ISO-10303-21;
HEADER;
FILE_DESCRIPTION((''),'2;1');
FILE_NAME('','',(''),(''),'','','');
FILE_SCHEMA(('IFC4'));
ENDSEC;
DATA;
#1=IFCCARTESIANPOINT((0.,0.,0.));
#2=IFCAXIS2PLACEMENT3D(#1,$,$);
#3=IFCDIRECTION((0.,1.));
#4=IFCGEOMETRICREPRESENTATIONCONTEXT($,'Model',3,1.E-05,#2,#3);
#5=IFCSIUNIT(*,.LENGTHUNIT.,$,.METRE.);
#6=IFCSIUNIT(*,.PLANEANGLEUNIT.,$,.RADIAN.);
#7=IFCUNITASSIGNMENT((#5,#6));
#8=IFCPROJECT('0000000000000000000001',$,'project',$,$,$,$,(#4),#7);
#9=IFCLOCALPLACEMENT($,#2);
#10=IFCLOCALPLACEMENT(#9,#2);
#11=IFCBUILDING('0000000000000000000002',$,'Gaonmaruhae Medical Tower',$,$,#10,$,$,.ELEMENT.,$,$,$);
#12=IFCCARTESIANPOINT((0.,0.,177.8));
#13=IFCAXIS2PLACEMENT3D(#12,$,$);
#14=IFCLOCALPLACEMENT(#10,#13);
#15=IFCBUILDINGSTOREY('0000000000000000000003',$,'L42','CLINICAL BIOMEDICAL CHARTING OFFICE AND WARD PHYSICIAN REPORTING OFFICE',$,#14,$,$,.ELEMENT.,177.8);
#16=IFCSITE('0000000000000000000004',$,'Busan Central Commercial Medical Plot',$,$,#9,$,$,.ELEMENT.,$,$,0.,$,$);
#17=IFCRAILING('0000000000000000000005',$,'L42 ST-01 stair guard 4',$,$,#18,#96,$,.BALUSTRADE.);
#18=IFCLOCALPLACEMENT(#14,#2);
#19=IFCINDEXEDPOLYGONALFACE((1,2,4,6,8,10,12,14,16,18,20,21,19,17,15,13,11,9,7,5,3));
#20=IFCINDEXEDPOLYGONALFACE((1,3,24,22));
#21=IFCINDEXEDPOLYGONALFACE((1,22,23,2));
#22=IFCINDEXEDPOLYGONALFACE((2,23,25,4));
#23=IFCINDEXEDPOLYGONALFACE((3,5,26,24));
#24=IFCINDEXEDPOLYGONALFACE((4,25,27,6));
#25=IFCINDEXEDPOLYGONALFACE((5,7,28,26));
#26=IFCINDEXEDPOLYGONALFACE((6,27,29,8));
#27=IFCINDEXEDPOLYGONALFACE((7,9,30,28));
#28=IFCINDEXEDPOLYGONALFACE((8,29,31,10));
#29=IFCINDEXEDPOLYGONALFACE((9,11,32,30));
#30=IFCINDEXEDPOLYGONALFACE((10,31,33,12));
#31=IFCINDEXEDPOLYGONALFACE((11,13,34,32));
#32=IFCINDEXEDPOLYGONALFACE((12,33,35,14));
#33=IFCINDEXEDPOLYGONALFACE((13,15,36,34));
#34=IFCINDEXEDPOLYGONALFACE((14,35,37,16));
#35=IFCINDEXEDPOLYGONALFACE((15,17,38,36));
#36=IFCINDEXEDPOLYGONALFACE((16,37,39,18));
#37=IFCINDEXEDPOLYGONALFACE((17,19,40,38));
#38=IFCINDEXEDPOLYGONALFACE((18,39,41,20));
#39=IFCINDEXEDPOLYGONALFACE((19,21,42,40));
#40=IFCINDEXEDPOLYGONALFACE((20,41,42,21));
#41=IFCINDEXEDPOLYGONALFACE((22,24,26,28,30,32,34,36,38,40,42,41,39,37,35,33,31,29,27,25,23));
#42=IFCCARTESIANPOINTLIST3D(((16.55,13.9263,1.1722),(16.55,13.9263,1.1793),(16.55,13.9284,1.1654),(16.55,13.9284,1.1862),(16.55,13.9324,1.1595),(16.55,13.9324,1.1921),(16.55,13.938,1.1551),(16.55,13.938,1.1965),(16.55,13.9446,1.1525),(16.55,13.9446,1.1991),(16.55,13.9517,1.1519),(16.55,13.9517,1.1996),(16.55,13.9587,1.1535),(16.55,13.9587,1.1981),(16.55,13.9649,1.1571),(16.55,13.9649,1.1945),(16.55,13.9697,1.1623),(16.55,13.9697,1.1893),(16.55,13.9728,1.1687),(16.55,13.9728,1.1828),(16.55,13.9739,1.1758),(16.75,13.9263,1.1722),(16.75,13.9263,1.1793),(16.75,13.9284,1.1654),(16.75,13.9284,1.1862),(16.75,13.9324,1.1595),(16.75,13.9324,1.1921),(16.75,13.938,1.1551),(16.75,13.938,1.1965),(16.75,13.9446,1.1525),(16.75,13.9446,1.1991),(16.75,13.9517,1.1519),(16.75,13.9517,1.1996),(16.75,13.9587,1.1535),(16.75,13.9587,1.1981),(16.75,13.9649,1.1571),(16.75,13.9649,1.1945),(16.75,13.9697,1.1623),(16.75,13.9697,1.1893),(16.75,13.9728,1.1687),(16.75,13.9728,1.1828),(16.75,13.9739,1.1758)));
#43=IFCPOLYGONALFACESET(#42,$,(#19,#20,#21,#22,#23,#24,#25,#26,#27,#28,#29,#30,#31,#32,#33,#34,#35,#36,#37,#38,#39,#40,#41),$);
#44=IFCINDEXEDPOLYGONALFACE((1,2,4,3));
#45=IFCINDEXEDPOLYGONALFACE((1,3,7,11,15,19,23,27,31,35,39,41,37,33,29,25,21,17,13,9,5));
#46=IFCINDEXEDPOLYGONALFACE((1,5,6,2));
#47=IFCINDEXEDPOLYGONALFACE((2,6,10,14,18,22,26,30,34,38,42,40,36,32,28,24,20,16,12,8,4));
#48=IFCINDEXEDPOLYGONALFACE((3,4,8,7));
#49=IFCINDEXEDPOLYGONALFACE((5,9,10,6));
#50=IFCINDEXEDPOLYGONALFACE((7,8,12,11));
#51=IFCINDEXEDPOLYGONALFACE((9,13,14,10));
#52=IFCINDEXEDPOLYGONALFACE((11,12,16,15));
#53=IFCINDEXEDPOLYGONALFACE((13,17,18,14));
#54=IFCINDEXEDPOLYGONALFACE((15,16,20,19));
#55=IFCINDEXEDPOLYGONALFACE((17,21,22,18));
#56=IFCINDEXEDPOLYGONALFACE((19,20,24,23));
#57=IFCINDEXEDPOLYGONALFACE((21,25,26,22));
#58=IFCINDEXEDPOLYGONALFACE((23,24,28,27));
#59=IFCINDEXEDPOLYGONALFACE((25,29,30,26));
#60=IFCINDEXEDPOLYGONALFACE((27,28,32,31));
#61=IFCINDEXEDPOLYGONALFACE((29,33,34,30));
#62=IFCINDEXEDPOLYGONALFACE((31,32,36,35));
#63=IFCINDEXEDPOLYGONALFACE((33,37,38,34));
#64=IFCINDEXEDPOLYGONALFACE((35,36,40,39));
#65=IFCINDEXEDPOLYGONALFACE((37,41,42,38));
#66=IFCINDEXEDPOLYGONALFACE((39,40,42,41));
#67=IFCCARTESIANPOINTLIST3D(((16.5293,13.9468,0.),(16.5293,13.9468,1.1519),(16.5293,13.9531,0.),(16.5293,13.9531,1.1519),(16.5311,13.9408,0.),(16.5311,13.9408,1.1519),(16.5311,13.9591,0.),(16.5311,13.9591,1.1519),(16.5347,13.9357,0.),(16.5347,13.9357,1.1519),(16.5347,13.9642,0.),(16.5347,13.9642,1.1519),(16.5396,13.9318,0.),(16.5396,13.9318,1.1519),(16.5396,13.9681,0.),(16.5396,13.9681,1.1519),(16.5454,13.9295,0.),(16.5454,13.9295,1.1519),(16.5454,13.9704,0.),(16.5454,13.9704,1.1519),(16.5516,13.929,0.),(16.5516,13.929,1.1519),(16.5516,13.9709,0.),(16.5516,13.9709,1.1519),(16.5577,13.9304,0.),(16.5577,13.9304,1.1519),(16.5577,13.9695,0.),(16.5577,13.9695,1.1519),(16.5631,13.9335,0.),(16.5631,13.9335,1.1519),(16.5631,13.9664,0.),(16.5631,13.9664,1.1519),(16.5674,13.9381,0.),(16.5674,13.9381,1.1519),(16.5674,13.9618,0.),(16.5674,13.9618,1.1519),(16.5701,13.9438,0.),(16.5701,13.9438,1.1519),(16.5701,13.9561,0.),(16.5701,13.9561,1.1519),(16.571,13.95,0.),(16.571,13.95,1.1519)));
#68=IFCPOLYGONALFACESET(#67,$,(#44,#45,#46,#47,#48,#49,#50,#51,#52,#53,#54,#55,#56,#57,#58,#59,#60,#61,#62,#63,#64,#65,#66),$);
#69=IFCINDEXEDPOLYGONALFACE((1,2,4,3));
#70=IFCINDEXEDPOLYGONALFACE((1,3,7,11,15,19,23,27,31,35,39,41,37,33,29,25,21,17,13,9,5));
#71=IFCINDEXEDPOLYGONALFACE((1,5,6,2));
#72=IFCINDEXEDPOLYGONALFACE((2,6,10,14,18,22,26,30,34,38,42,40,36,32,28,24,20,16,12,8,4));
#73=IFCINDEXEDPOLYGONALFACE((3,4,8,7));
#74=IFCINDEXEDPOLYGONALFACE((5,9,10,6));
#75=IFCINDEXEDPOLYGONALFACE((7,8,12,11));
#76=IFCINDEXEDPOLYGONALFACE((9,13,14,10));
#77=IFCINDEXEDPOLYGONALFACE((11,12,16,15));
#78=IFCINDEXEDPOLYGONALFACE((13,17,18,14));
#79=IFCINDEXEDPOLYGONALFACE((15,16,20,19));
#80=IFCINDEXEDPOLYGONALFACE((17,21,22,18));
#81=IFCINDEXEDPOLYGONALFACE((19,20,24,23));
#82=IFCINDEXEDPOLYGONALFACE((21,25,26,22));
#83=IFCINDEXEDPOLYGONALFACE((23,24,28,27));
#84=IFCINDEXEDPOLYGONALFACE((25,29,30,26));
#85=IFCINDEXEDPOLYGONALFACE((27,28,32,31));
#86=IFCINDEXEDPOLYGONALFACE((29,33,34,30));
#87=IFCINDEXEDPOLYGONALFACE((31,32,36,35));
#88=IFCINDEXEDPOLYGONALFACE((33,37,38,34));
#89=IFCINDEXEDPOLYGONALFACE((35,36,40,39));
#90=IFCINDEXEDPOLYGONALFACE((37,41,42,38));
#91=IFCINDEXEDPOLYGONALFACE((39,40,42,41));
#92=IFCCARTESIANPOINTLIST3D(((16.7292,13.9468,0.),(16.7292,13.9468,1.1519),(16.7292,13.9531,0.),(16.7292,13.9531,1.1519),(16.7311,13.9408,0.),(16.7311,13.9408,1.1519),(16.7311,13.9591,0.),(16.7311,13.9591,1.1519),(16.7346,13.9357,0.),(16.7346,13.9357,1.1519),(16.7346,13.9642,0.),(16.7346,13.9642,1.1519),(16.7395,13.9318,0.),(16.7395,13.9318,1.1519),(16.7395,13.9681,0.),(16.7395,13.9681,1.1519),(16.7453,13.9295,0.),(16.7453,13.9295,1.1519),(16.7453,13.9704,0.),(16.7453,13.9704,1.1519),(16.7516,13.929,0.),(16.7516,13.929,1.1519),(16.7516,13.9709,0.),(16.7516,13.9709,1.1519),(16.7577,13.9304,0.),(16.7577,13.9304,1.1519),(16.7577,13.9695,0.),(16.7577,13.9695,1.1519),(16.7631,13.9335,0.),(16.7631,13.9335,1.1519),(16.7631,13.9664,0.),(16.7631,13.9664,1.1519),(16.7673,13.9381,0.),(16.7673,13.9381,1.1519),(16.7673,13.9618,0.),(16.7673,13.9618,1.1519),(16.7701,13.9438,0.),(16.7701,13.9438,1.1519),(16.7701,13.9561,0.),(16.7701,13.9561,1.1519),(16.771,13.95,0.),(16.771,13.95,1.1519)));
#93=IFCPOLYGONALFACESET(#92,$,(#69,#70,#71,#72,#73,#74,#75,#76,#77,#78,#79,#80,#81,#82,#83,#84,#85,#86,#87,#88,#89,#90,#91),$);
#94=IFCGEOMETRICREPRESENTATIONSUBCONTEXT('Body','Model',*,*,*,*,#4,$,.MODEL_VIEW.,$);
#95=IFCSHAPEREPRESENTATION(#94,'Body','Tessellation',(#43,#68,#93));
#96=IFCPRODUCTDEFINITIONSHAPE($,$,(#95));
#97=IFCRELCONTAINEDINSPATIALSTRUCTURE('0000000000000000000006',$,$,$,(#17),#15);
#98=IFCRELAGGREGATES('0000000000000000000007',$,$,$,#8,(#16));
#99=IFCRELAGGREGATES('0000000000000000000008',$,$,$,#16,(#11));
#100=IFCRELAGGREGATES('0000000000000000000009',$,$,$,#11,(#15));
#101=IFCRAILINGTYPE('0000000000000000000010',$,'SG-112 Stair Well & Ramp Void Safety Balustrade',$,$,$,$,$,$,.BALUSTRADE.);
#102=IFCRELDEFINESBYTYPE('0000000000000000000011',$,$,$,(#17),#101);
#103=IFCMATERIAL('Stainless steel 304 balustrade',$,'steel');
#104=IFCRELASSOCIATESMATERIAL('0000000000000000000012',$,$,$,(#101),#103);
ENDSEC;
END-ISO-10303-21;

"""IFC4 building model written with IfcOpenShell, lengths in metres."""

from ifc_helpers import new_model, si_unit, direction, frame, origin, origin_2d, place, context, subcontext, project, spatial, circle, extrude, material, type_object, element, save


model = new_model("IFC4")

# Units and contexts
model_context = context("Model", 3, precision=1e-05, world=origin(), true_north=direction((0.0, 1.0)))
body_context = subcontext(model_context, "Body", "Model", "MODEL_VIEW")
ifc_project = project(units=[si_unit("LENGTHUNIT", "METRE"), si_unit("PLANEANGLEUNIT", "RADIAN")], contexts=[model_context])

# Site, building, storey
site_placement = place(None, origin())
site = spatial("IfcSite", under=ifc_project, at=site_placement, Name="Busan Central Commercial Medical Plot", CompositionType="ELEMENT", RefElevation=0.0)
building_placement = place(site_placement, origin())
building = spatial("IfcBuilding", under=site, at=building_placement, Name="Gaonmaruhae Medical Tower", CompositionType="ELEMENT")
storey_placement = place(building_placement, frame((0.0, 0.0, 177.8)))
storey = spatial("IfcBuildingStorey", under=building, at=storey_placement, Name="L42", Description="CLINICAL BIOMEDICAL CHARTING OFFICE AND WARD PHYSICIAN REPORTING OFFICE", CompositionType="ELEMENT", Elevation=177.8)

# Railing
ifc_material_1 = material(Name="Stainless steel 304 balustrade", Category="steel")
railing_type_1 = type_object("IfcRailingType", Name="SG-112 Stair Well & Ramp Void Safety Balustrade", PredefinedType="BALUSTRADE", material=ifc_material_1)
railing_1_placement = place(storey_placement, frame((16.55, 13.95, 0.0)))
element("IfcRailing", 1, at=railing_1_placement, inside=storey, type_object=railing_type_1, Name="L42 ST-01 stair guard 4", PredefinedType="BALUSTRADE", context=body_context, shape_type="SweptSolid", body=[
    extrude(circle(Radius=0.0239, at=origin_2d()), frame((0.0, 0.0, 1.1758), z_axis=(1.0, 0.0, 0.0), x_axis=(0.0, 1.0, 0.0)), (0.0, 0.0, 1.0), 0.2),
    extrude(circle(Radius=0.021, at=origin_2d()), origin(), (0.0, 0.0, 1.0), 1.1519),
    extrude(circle(Radius=0.021, at=origin_2d()), frame((0.2, 0.0, 0.0)), (0.0, 0.0, 1.0), 1.1519),
])

save(model, "model.ifc")
